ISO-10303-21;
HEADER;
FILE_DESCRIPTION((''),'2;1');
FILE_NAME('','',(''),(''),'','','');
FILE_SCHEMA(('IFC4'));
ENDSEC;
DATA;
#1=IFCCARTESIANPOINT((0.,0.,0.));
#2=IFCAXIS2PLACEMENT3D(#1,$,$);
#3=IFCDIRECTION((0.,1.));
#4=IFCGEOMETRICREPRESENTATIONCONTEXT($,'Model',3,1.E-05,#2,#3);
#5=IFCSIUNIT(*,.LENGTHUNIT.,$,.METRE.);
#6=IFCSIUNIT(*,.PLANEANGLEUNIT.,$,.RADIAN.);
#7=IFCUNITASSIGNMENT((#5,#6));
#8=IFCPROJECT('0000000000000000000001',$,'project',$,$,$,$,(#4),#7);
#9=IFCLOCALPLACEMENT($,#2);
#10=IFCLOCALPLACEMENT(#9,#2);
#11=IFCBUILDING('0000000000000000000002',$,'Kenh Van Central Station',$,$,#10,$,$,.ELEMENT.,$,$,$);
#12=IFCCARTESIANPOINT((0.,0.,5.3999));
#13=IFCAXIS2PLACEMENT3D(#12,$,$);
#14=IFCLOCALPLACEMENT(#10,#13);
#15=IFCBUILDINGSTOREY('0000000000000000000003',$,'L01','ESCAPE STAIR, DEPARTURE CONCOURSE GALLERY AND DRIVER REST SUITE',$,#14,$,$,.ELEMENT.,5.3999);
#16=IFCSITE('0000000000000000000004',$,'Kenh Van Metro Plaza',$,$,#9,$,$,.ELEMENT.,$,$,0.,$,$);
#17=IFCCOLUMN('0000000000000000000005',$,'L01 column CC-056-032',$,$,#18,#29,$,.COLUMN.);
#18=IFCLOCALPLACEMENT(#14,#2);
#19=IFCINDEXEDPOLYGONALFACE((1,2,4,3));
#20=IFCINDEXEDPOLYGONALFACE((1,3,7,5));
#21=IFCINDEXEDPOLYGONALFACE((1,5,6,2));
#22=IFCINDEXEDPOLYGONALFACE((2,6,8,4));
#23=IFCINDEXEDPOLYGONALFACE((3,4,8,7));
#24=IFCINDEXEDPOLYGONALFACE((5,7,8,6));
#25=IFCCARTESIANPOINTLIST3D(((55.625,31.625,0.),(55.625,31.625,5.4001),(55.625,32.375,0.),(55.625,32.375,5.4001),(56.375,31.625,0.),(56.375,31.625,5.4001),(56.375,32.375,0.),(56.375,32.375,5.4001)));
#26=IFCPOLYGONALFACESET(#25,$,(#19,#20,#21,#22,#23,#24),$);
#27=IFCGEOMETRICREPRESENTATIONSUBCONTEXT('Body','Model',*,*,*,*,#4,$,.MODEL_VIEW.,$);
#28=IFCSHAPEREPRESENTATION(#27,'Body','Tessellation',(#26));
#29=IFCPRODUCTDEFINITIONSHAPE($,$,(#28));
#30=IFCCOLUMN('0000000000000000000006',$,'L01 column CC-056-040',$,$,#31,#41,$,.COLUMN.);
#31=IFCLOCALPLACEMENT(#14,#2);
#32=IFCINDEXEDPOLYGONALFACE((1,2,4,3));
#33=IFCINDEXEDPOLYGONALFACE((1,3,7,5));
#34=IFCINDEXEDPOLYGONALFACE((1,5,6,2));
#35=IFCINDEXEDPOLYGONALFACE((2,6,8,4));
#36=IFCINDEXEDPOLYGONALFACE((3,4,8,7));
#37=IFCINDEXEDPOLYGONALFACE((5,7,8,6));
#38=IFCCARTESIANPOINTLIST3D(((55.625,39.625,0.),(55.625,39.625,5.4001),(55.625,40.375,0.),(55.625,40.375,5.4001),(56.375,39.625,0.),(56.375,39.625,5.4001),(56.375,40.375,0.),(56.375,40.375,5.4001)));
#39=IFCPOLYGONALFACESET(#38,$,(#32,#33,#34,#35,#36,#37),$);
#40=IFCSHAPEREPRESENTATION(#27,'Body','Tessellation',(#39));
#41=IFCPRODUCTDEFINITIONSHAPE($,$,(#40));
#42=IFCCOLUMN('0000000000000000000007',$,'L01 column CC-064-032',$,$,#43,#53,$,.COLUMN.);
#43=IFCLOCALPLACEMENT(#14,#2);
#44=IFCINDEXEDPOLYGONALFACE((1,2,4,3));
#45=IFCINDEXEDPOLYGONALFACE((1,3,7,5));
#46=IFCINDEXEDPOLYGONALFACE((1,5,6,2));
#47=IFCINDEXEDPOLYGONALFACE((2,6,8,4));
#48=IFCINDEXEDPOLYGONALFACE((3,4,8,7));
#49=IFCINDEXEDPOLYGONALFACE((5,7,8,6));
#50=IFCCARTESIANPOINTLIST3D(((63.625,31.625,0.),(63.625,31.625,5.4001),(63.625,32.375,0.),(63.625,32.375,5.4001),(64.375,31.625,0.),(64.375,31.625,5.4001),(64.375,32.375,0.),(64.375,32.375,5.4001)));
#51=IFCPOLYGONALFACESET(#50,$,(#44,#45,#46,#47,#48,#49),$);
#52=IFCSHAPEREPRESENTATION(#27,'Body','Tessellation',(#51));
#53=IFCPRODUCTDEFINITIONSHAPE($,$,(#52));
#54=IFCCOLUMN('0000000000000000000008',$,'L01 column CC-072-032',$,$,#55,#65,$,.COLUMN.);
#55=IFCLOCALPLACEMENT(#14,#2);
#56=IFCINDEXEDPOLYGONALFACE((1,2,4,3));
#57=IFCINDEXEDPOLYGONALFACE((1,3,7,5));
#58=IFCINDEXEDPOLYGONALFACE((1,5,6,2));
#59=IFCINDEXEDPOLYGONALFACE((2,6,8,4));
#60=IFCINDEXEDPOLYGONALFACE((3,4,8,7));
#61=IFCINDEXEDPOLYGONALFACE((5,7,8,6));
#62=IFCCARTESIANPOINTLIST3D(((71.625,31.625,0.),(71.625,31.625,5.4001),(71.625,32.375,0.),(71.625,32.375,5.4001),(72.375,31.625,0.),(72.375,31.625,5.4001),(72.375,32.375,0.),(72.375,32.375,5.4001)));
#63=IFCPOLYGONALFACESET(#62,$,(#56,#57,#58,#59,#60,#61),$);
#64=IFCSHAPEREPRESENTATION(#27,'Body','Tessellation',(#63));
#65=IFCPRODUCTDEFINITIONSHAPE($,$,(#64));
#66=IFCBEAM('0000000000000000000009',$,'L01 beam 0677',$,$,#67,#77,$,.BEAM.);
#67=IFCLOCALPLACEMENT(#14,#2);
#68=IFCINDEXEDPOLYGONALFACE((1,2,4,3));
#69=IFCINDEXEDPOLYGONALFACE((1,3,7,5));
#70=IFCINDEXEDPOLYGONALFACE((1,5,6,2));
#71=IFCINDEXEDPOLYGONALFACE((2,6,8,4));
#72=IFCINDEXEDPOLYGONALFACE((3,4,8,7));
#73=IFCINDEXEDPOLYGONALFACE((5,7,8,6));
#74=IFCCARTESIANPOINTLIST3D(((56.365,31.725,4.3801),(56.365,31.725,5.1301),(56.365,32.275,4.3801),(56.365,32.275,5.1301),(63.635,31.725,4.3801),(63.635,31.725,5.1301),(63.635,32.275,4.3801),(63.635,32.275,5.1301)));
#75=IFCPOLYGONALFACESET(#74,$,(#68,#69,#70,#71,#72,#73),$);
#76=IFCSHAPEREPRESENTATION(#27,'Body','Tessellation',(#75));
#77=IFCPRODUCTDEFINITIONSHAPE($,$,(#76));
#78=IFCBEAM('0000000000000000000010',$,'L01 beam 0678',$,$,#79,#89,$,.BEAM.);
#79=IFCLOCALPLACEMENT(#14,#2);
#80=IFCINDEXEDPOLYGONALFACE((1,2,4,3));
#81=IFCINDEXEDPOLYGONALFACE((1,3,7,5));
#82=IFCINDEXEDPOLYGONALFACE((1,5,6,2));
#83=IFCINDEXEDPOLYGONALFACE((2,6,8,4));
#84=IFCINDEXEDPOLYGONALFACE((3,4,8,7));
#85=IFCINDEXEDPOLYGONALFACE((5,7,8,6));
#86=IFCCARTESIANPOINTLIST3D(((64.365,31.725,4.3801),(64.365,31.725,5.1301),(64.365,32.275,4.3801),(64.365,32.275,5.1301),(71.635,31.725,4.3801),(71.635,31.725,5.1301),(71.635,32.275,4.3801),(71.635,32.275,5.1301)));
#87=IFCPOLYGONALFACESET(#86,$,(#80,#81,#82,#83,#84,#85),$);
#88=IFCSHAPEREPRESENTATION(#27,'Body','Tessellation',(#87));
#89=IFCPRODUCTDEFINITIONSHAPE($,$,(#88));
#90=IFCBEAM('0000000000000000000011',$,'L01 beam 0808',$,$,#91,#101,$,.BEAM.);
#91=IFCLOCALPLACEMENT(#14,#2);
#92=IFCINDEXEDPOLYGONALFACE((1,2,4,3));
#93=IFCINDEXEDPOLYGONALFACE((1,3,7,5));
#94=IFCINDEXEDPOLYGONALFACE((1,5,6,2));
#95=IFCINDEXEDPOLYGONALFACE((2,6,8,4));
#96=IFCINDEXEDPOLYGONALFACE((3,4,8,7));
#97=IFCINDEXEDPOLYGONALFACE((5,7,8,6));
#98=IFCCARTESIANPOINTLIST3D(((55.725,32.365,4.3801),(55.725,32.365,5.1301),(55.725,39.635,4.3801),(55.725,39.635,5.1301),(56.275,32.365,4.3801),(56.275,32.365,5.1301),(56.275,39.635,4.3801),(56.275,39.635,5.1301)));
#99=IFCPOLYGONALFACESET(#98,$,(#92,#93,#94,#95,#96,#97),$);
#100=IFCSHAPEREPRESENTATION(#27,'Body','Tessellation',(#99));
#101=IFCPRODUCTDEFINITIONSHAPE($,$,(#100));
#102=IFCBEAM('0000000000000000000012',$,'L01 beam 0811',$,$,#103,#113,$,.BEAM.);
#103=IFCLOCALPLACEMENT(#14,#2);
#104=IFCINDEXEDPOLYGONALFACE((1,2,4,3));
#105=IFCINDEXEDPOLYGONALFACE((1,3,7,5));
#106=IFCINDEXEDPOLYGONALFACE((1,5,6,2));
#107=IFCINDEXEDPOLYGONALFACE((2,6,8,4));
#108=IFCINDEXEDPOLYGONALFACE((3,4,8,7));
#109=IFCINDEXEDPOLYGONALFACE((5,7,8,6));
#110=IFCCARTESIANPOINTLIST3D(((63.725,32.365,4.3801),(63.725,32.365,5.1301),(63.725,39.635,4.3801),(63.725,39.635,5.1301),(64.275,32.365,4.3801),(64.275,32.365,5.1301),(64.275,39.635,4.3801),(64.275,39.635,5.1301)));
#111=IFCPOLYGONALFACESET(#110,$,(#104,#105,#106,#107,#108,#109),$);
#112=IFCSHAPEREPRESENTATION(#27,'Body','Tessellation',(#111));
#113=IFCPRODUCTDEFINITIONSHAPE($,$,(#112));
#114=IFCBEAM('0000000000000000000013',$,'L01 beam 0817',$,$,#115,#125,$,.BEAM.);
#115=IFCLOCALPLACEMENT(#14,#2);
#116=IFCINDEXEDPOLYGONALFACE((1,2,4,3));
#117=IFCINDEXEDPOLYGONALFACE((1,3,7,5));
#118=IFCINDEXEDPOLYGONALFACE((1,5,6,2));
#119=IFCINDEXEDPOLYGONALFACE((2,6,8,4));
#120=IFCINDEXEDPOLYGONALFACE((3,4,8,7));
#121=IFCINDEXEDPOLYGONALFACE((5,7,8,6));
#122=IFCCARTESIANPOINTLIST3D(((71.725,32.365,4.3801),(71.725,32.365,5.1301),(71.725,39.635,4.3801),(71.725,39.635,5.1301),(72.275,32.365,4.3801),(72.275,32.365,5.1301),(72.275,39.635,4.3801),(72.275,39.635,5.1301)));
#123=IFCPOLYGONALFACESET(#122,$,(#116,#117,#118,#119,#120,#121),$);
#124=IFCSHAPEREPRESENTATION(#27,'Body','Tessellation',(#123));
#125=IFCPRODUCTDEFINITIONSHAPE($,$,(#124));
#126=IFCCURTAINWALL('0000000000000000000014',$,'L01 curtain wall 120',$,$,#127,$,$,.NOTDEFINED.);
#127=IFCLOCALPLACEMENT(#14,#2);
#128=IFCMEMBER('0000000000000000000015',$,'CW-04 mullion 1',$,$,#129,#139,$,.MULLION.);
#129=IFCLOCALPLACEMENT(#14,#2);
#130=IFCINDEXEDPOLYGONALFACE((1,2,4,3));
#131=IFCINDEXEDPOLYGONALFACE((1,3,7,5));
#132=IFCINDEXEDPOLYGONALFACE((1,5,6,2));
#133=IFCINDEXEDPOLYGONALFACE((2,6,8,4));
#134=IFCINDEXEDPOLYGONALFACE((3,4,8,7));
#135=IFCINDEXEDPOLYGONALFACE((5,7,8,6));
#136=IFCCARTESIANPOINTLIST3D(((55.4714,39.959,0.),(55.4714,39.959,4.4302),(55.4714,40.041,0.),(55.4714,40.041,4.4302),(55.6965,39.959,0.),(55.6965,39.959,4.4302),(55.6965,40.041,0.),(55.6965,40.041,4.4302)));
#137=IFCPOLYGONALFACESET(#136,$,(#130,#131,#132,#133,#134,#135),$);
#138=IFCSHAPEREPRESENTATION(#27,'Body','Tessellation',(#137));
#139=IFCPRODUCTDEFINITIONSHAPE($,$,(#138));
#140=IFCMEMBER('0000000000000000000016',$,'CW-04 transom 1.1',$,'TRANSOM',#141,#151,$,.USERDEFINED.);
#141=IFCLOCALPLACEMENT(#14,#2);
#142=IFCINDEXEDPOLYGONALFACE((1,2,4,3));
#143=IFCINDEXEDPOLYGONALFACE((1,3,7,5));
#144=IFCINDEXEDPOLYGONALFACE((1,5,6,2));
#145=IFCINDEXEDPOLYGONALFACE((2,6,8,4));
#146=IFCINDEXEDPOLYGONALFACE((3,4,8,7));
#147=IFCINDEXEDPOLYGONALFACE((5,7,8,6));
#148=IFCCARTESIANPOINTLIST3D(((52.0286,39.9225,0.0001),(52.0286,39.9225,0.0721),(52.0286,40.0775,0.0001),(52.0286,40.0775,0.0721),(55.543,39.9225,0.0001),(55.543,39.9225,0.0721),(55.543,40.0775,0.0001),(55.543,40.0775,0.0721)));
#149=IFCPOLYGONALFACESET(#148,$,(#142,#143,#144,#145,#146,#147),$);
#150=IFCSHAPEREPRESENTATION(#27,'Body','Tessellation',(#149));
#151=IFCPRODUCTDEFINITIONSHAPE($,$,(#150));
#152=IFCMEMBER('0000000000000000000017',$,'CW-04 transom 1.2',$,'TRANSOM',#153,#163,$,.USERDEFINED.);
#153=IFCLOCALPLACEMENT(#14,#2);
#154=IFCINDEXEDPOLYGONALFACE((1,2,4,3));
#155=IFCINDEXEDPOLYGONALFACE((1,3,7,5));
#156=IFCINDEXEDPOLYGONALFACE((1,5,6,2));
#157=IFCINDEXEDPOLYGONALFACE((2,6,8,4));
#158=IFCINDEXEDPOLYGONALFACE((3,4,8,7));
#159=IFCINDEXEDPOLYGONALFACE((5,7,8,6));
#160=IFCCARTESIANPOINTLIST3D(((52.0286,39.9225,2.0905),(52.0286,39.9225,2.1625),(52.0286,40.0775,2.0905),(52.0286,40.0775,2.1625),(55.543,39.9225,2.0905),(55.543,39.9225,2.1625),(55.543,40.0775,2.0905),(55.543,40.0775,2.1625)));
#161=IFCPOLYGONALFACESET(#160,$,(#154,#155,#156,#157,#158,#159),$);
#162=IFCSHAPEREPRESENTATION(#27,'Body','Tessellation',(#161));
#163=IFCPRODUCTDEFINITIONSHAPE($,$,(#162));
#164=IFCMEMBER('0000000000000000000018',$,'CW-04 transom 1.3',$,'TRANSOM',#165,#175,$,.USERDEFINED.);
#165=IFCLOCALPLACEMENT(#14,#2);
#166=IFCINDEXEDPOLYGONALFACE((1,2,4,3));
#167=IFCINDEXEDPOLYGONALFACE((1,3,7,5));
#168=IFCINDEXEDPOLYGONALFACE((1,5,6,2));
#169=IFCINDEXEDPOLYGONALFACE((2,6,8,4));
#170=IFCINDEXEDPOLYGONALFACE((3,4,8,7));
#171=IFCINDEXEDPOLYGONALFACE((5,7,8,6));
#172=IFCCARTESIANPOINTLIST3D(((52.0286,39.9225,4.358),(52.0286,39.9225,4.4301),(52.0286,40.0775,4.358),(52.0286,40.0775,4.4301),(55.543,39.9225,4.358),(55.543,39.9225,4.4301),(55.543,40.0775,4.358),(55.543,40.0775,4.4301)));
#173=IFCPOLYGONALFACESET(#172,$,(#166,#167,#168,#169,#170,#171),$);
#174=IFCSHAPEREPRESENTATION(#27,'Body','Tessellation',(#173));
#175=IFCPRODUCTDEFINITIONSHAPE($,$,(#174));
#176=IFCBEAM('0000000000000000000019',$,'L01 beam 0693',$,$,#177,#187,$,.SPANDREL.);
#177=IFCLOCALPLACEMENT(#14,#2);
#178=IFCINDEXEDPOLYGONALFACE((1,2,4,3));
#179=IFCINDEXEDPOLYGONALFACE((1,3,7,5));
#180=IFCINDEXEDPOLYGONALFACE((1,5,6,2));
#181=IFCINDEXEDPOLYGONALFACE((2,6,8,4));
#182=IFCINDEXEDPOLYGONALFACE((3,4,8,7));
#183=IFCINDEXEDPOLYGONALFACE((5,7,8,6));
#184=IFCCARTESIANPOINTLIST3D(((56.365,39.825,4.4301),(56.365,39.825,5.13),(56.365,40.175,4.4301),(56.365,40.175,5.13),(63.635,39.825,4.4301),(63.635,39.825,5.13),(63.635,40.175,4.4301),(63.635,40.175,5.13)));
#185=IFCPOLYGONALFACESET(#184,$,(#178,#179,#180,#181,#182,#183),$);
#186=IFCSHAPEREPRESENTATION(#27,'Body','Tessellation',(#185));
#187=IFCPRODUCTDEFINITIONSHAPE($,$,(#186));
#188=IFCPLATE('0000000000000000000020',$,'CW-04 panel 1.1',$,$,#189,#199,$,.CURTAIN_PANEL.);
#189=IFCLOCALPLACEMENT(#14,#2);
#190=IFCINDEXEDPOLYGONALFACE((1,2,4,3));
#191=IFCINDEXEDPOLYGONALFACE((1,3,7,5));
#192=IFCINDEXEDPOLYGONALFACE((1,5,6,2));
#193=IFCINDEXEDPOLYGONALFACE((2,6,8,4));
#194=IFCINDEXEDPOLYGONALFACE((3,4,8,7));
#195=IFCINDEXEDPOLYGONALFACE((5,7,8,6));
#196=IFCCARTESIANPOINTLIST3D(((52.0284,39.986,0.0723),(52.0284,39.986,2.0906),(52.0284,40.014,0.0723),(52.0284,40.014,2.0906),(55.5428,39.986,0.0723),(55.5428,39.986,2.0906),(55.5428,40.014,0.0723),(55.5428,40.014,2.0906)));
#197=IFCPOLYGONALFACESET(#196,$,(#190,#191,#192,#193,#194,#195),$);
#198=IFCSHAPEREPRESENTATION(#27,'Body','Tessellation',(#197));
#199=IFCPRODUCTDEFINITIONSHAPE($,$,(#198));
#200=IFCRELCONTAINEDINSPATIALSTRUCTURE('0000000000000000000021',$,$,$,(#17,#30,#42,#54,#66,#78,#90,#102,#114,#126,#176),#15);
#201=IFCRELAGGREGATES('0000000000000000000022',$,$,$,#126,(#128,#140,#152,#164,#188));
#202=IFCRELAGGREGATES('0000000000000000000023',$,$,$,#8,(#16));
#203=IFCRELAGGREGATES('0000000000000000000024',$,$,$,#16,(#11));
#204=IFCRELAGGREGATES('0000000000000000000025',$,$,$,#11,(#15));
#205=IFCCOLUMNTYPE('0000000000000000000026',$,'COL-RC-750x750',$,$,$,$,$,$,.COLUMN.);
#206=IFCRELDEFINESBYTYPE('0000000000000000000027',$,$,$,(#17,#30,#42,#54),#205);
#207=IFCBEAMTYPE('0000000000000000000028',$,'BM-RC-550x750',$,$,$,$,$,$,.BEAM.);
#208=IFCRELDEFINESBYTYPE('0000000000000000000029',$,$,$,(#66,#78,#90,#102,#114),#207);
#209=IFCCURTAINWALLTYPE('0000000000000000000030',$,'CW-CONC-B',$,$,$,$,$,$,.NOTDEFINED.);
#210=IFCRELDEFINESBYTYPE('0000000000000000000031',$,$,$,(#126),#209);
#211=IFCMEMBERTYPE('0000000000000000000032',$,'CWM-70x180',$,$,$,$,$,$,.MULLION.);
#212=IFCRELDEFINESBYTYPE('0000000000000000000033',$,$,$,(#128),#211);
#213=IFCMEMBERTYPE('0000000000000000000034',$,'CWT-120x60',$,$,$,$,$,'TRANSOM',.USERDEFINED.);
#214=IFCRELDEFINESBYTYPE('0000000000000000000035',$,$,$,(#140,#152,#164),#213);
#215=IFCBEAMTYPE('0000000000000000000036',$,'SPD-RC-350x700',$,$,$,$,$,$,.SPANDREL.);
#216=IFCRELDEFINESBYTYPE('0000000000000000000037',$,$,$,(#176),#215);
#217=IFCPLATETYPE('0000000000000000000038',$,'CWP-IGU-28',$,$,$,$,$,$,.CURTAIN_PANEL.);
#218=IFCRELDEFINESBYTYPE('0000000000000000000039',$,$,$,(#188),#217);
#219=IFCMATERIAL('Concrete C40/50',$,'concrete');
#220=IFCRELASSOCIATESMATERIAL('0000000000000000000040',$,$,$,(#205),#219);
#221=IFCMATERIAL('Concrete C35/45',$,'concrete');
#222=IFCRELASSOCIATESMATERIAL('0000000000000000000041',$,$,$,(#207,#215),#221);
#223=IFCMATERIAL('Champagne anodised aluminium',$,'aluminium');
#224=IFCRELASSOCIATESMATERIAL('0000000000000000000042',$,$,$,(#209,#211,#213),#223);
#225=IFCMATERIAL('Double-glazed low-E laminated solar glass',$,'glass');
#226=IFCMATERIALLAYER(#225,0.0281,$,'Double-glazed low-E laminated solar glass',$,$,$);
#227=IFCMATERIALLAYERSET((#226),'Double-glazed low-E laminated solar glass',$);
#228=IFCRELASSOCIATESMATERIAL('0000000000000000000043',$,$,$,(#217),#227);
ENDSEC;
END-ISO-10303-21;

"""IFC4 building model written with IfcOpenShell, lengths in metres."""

from ifc_helpers import new_model, si_unit, direction, frame, origin, origin_2d, place, context, subcontext, project, spatial, rectangle, extrude, material, layer, layer_set, material_profile, profile_set, type_object, element, aggregate, save


model = new_model("IFC4")

# Units and contexts
model_context = context("Model", 3, precision=1e-05, world=origin(), true_north=direction((0.0, 1.0)))
body_context = subcontext(model_context, "Body", "Model", "MODEL_VIEW")
ifc_project = project(units=[si_unit("LENGTHUNIT", "METRE"), si_unit("PLANEANGLEUNIT", "RADIAN")], contexts=[model_context])

# Site, building, storey
site_placement = place(None, origin())
site = spatial("IfcSite", under=ifc_project, at=site_placement, Name="Kenh Van Metro Plaza", CompositionType="ELEMENT", RefElevation=0.0)
building_placement = place(site_placement, origin())
building = spatial("IfcBuilding", under=site, at=building_placement, Name="Kenh Van Central Station", CompositionType="ELEMENT")
storey_placement = place(building_placement, frame((0.0, 0.0, 5.3999)))
storey = spatial("IfcBuildingStorey", under=building, at=storey_placement, Name="L01", Description="ESCAPE STAIR, DEPARTURE CONCOURSE GALLERY AND DRIVER REST SUITE", CompositionType="ELEMENT", Elevation=5.3999)

# Columns
ifc_material_1 = material(Name="Concrete C40/50", Category="concrete")
ifc_material_profile_1 = material_profile(ifc_material_1, rectangle(XDim=0.75, YDim=0.75, at=origin_2d()), Name="RC 750x750")
ifc_profile_set_1 = profile_set([ifc_material_profile_1], Name="Concrete C40/50")
column_type = type_object("IfcColumnType", Name="COL-RC-750x750", PredefinedType="COLUMN", material=ifc_profile_set_1)
for number, where, z_axis, x_axis, name in (
    (1, (56.0, 32.0, 0.0), (0.0, 0.0, 1.0), (1.0, 0.0, 0.0), "L01 column CC-056-032"),
    (2, (56.0, 40.0, 0.0), (0.0, 0.0, 1.0), (1.0, 0.0, 0.0), "L01 column CC-056-040"),
    (3, (64.0, 32.0, 0.0), (0.0, 0.0, 1.0), (1.0, 0.0, 0.0), "L01 column CC-064-032"),
    (4, (72.0, 32.0, 0.0), (0.0, 0.0, 1.0), (1.0, 0.0, 0.0), "L01 column CC-072-032"),
):
    element("IfcColumn", number, at=place(storey_placement, frame(where, z_axis=z_axis, x_axis=x_axis)), inside=storey, type_object=column_type, Name=name, PredefinedType="COLUMN", context=body_context, shape_type="SweptSolid", body=[
        extrude(rectangle(XDim=0.75, YDim=0.75, at=origin_2d()), origin(), (0.0, 0.0, 1.0), 5.4001),
    ])

# Beams
ifc_material_2 = material(Name="Concrete C35/45", Category="concrete")
ifc_material_profile_2 = material_profile(ifc_material_2, rectangle(XDim=0.55, YDim=0.75, at=origin_2d()), Name="RC 550x750")
ifc_profile_set_2 = profile_set([ifc_material_profile_2], Name="Concrete C35/45")
beam_type_1 = type_object("IfcBeamType", Name="BM-RC-550x750", PredefinedType="BEAM", material=ifc_profile_set_2)
for number, where, z_axis, x_axis, name in (
    (5, (56.365, 32.0, 4.7551), (1.0, 0.0, 0.0), (0.0, 1.0, 0.0), "L01 beam 0677"),
    (6, (64.365, 32.0, 4.7551), (1.0, 0.0, 0.0), (0.0, 1.0, 0.0), "L01 beam 0678"),
    (7, (56.0, 32.365, 4.7551), (0.0, 1.0, 0.0), (-1.0, 0.0, 0.0), "L01 beam 0808"),
    (8, (64.0, 32.365, 4.7551), (0.0, 1.0, 0.0), (-1.0, 0.0, 0.0), "L01 beam 0811"),
    (9, (72.0, 32.365, 4.7551), (0.0, 1.0, 0.0), (-1.0, 0.0, 0.0), "L01 beam 0817"),
):
    element("IfcBeam", number, at=place(storey_placement, frame(where, z_axis=z_axis, x_axis=x_axis)), inside=storey, type_object=beam_type_1, Name=name, PredefinedType="BEAM", context=body_context, shape_type="SweptSolid", body=[
        extrude(rectangle(XDim=0.55, YDim=0.75, at=origin_2d()), origin(), (0.0, 0.0, 1.0), 7.27),
    ])

# Curtain wall, members
ifc_material_3 = material(Name="Champagne anodised aluminium", Category="aluminium")
curtain_wall_type = type_object("IfcCurtainWallType", Name="CW-CONC-B", PredefinedType="NOTDEFINED", material=ifc_material_3)
curtain_wall_placement = place(storey_placement, origin())
curtain_wall = element("IfcCurtainWall", 10, at=curtain_wall_placement, inside=storey, type_object=curtain_wall_type, Name="L01 curtain wall 120", PredefinedType="NOTDEFINED")
ifc_material_profile_3 = material_profile(ifc_material_3, rectangle(XDim=0.082, YDim=0.2251, at=origin_2d()), Name="AL 82x225")
ifc_profile_set_3 = profile_set([ifc_material_profile_3], Name="Champagne anodised aluminium")
member_type_1 = type_object("IfcMemberType", Name="CWM-70x180", PredefinedType="MULLION", material=ifc_profile_set_3)
member_1_placement = place(storey_placement, frame((55.584, 40.0, 0.0), z_axis=(0.0, 0.0, 1.0), x_axis=(0.0, -1.0, 0.0)))
member_1 = element("IfcMember", 11, at=member_1_placement, type_object=member_type_1, Name="CW-04 mullion 1", PredefinedType="MULLION", context=body_context, shape_type="SweptSolid", body=[
    extrude(rectangle(XDim=0.082, YDim=0.2251, at=origin_2d()), origin(), (0.0, 0.0, 1.0), 4.4302),
])
ifc_material_profile_4 = material_profile(ifc_material_3, rectangle(XDim=0.155, YDim=0.072, at=origin_2d()), Name="AL 155x72")
ifc_profile_set_4 = profile_set([ifc_material_profile_4], Name="Champagne anodised aluminium")
member_type_2 = type_object("IfcMemberType", Name="CWT-120x60", ElementType="TRANSOM", PredefinedType="USERDEFINED", material=ifc_profile_set_4)
member_2_placement = place(storey_placement, frame((55.543, 40.0, 0.0361), z_axis=(-1.0, 0.0, 0.0), x_axis=(0.0, -1.0, 0.0)))
member_2 = element("IfcMember", 12, at=member_2_placement, type_object=member_type_2, Name="CW-04 transom 1.1", ObjectType="TRANSOM", PredefinedType="USERDEFINED", context=body_context, shape_type="SweptSolid", body=[
    extrude(rectangle(XDim=0.155, YDim=0.072, at=origin_2d()), origin(), (0.0, 0.0, 1.0), 3.5144),
])
member_3_placement = place(storey_placement, frame((55.543, 40.0, 2.1265), z_axis=(-1.0, 0.0, 0.0), x_axis=(0.0, -1.0, 0.0)))
member_3 = element("IfcMember", 13, at=member_3_placement, type_object=member_type_2, Name="CW-04 transom 1.2", ObjectType="TRANSOM", PredefinedType="USERDEFINED", context=body_context, shape_type="SweptSolid", body=[
    extrude(rectangle(XDim=0.155, YDim=0.072, at=origin_2d()), origin(), (0.0, 0.0, 1.0), 3.5144),
])
member_4_placement = place(storey_placement, frame((55.543, 40.0, 4.394), z_axis=(-1.0, 0.0, 0.0), x_axis=(0.0, -1.0, 0.0)))
member_4 = element("IfcMember", 14, at=member_4_placement, type_object=member_type_2, Name="CW-04 transom 1.3", ObjectType="TRANSOM", PredefinedType="USERDEFINED", context=body_context, shape_type="SweptSolid", body=[
    extrude(rectangle(XDim=0.155, YDim=0.072, at=origin_2d()), origin(), (0.0, 0.0, 1.0), 3.5144),
])

# Beam
ifc_material_profile_5 = material_profile(ifc_material_2, rectangle(XDim=0.3501, YDim=0.7, at=origin_2d()), Name="RC 350x700")
ifc_profile_set_5 = profile_set([ifc_material_profile_5], Name="Concrete C35/45")
beam_type_2 = type_object("IfcBeamType", Name="SPD-RC-350x700", PredefinedType="SPANDREL", material=ifc_profile_set_5)
beam_placement = place(storey_placement, frame((56.365, 40.0, 4.78), z_axis=(1.0, 0.0, 0.0), x_axis=(0.0, 1.0, 0.0)))
element("IfcBeam", 15, at=beam_placement, inside=storey, type_object=beam_type_2, Name="L01 beam 0693", PredefinedType="SPANDREL", context=body_context, shape_type="SweptSolid", body=[
    extrude(rectangle(XDim=0.3501, YDim=0.7, at=origin_2d()), origin(), (0.0, 0.0, 1.0), 7.27),
])

# Plate
ifc_material_4 = material(Name="Double-glazed low-E laminated solar glass", Category="glass")
ifc_layer_1 = layer(ifc_material_4, 0.0281, Name="Double-glazed low-E laminated solar glass")
ifc_layer_set_1 = layer_set([ifc_layer_1], Name="Double-glazed low-E laminated solar glass")
plate_type = type_object("IfcPlateType", Name="CWP-IGU-28", PredefinedType="CURTAIN_PANEL", material=ifc_layer_set_1)
plate_1_placement = place(storey_placement, frame((53.7856, 40.0, 0.0723), z_axis=(0.0, 0.0, 1.0), x_axis=(-1.0, 0.0, 0.0)))
plate_1 = element("IfcPlate", 16, at=plate_1_placement, type_object=plate_type, Name="CW-04 panel 1.1", PredefinedType="CURTAIN_PANEL", context=body_context, shape_type="SweptSolid", body=[
    extrude(rectangle(XDim=3.5144, YDim=0.0281, at=origin_2d()), origin(), (0.0, 0.0, 1.0), 2.0183),
])
aggregate(curtain_wall, [member_1, member_2, member_3, member_4, plate_1])

save(model, "model.ifc")
